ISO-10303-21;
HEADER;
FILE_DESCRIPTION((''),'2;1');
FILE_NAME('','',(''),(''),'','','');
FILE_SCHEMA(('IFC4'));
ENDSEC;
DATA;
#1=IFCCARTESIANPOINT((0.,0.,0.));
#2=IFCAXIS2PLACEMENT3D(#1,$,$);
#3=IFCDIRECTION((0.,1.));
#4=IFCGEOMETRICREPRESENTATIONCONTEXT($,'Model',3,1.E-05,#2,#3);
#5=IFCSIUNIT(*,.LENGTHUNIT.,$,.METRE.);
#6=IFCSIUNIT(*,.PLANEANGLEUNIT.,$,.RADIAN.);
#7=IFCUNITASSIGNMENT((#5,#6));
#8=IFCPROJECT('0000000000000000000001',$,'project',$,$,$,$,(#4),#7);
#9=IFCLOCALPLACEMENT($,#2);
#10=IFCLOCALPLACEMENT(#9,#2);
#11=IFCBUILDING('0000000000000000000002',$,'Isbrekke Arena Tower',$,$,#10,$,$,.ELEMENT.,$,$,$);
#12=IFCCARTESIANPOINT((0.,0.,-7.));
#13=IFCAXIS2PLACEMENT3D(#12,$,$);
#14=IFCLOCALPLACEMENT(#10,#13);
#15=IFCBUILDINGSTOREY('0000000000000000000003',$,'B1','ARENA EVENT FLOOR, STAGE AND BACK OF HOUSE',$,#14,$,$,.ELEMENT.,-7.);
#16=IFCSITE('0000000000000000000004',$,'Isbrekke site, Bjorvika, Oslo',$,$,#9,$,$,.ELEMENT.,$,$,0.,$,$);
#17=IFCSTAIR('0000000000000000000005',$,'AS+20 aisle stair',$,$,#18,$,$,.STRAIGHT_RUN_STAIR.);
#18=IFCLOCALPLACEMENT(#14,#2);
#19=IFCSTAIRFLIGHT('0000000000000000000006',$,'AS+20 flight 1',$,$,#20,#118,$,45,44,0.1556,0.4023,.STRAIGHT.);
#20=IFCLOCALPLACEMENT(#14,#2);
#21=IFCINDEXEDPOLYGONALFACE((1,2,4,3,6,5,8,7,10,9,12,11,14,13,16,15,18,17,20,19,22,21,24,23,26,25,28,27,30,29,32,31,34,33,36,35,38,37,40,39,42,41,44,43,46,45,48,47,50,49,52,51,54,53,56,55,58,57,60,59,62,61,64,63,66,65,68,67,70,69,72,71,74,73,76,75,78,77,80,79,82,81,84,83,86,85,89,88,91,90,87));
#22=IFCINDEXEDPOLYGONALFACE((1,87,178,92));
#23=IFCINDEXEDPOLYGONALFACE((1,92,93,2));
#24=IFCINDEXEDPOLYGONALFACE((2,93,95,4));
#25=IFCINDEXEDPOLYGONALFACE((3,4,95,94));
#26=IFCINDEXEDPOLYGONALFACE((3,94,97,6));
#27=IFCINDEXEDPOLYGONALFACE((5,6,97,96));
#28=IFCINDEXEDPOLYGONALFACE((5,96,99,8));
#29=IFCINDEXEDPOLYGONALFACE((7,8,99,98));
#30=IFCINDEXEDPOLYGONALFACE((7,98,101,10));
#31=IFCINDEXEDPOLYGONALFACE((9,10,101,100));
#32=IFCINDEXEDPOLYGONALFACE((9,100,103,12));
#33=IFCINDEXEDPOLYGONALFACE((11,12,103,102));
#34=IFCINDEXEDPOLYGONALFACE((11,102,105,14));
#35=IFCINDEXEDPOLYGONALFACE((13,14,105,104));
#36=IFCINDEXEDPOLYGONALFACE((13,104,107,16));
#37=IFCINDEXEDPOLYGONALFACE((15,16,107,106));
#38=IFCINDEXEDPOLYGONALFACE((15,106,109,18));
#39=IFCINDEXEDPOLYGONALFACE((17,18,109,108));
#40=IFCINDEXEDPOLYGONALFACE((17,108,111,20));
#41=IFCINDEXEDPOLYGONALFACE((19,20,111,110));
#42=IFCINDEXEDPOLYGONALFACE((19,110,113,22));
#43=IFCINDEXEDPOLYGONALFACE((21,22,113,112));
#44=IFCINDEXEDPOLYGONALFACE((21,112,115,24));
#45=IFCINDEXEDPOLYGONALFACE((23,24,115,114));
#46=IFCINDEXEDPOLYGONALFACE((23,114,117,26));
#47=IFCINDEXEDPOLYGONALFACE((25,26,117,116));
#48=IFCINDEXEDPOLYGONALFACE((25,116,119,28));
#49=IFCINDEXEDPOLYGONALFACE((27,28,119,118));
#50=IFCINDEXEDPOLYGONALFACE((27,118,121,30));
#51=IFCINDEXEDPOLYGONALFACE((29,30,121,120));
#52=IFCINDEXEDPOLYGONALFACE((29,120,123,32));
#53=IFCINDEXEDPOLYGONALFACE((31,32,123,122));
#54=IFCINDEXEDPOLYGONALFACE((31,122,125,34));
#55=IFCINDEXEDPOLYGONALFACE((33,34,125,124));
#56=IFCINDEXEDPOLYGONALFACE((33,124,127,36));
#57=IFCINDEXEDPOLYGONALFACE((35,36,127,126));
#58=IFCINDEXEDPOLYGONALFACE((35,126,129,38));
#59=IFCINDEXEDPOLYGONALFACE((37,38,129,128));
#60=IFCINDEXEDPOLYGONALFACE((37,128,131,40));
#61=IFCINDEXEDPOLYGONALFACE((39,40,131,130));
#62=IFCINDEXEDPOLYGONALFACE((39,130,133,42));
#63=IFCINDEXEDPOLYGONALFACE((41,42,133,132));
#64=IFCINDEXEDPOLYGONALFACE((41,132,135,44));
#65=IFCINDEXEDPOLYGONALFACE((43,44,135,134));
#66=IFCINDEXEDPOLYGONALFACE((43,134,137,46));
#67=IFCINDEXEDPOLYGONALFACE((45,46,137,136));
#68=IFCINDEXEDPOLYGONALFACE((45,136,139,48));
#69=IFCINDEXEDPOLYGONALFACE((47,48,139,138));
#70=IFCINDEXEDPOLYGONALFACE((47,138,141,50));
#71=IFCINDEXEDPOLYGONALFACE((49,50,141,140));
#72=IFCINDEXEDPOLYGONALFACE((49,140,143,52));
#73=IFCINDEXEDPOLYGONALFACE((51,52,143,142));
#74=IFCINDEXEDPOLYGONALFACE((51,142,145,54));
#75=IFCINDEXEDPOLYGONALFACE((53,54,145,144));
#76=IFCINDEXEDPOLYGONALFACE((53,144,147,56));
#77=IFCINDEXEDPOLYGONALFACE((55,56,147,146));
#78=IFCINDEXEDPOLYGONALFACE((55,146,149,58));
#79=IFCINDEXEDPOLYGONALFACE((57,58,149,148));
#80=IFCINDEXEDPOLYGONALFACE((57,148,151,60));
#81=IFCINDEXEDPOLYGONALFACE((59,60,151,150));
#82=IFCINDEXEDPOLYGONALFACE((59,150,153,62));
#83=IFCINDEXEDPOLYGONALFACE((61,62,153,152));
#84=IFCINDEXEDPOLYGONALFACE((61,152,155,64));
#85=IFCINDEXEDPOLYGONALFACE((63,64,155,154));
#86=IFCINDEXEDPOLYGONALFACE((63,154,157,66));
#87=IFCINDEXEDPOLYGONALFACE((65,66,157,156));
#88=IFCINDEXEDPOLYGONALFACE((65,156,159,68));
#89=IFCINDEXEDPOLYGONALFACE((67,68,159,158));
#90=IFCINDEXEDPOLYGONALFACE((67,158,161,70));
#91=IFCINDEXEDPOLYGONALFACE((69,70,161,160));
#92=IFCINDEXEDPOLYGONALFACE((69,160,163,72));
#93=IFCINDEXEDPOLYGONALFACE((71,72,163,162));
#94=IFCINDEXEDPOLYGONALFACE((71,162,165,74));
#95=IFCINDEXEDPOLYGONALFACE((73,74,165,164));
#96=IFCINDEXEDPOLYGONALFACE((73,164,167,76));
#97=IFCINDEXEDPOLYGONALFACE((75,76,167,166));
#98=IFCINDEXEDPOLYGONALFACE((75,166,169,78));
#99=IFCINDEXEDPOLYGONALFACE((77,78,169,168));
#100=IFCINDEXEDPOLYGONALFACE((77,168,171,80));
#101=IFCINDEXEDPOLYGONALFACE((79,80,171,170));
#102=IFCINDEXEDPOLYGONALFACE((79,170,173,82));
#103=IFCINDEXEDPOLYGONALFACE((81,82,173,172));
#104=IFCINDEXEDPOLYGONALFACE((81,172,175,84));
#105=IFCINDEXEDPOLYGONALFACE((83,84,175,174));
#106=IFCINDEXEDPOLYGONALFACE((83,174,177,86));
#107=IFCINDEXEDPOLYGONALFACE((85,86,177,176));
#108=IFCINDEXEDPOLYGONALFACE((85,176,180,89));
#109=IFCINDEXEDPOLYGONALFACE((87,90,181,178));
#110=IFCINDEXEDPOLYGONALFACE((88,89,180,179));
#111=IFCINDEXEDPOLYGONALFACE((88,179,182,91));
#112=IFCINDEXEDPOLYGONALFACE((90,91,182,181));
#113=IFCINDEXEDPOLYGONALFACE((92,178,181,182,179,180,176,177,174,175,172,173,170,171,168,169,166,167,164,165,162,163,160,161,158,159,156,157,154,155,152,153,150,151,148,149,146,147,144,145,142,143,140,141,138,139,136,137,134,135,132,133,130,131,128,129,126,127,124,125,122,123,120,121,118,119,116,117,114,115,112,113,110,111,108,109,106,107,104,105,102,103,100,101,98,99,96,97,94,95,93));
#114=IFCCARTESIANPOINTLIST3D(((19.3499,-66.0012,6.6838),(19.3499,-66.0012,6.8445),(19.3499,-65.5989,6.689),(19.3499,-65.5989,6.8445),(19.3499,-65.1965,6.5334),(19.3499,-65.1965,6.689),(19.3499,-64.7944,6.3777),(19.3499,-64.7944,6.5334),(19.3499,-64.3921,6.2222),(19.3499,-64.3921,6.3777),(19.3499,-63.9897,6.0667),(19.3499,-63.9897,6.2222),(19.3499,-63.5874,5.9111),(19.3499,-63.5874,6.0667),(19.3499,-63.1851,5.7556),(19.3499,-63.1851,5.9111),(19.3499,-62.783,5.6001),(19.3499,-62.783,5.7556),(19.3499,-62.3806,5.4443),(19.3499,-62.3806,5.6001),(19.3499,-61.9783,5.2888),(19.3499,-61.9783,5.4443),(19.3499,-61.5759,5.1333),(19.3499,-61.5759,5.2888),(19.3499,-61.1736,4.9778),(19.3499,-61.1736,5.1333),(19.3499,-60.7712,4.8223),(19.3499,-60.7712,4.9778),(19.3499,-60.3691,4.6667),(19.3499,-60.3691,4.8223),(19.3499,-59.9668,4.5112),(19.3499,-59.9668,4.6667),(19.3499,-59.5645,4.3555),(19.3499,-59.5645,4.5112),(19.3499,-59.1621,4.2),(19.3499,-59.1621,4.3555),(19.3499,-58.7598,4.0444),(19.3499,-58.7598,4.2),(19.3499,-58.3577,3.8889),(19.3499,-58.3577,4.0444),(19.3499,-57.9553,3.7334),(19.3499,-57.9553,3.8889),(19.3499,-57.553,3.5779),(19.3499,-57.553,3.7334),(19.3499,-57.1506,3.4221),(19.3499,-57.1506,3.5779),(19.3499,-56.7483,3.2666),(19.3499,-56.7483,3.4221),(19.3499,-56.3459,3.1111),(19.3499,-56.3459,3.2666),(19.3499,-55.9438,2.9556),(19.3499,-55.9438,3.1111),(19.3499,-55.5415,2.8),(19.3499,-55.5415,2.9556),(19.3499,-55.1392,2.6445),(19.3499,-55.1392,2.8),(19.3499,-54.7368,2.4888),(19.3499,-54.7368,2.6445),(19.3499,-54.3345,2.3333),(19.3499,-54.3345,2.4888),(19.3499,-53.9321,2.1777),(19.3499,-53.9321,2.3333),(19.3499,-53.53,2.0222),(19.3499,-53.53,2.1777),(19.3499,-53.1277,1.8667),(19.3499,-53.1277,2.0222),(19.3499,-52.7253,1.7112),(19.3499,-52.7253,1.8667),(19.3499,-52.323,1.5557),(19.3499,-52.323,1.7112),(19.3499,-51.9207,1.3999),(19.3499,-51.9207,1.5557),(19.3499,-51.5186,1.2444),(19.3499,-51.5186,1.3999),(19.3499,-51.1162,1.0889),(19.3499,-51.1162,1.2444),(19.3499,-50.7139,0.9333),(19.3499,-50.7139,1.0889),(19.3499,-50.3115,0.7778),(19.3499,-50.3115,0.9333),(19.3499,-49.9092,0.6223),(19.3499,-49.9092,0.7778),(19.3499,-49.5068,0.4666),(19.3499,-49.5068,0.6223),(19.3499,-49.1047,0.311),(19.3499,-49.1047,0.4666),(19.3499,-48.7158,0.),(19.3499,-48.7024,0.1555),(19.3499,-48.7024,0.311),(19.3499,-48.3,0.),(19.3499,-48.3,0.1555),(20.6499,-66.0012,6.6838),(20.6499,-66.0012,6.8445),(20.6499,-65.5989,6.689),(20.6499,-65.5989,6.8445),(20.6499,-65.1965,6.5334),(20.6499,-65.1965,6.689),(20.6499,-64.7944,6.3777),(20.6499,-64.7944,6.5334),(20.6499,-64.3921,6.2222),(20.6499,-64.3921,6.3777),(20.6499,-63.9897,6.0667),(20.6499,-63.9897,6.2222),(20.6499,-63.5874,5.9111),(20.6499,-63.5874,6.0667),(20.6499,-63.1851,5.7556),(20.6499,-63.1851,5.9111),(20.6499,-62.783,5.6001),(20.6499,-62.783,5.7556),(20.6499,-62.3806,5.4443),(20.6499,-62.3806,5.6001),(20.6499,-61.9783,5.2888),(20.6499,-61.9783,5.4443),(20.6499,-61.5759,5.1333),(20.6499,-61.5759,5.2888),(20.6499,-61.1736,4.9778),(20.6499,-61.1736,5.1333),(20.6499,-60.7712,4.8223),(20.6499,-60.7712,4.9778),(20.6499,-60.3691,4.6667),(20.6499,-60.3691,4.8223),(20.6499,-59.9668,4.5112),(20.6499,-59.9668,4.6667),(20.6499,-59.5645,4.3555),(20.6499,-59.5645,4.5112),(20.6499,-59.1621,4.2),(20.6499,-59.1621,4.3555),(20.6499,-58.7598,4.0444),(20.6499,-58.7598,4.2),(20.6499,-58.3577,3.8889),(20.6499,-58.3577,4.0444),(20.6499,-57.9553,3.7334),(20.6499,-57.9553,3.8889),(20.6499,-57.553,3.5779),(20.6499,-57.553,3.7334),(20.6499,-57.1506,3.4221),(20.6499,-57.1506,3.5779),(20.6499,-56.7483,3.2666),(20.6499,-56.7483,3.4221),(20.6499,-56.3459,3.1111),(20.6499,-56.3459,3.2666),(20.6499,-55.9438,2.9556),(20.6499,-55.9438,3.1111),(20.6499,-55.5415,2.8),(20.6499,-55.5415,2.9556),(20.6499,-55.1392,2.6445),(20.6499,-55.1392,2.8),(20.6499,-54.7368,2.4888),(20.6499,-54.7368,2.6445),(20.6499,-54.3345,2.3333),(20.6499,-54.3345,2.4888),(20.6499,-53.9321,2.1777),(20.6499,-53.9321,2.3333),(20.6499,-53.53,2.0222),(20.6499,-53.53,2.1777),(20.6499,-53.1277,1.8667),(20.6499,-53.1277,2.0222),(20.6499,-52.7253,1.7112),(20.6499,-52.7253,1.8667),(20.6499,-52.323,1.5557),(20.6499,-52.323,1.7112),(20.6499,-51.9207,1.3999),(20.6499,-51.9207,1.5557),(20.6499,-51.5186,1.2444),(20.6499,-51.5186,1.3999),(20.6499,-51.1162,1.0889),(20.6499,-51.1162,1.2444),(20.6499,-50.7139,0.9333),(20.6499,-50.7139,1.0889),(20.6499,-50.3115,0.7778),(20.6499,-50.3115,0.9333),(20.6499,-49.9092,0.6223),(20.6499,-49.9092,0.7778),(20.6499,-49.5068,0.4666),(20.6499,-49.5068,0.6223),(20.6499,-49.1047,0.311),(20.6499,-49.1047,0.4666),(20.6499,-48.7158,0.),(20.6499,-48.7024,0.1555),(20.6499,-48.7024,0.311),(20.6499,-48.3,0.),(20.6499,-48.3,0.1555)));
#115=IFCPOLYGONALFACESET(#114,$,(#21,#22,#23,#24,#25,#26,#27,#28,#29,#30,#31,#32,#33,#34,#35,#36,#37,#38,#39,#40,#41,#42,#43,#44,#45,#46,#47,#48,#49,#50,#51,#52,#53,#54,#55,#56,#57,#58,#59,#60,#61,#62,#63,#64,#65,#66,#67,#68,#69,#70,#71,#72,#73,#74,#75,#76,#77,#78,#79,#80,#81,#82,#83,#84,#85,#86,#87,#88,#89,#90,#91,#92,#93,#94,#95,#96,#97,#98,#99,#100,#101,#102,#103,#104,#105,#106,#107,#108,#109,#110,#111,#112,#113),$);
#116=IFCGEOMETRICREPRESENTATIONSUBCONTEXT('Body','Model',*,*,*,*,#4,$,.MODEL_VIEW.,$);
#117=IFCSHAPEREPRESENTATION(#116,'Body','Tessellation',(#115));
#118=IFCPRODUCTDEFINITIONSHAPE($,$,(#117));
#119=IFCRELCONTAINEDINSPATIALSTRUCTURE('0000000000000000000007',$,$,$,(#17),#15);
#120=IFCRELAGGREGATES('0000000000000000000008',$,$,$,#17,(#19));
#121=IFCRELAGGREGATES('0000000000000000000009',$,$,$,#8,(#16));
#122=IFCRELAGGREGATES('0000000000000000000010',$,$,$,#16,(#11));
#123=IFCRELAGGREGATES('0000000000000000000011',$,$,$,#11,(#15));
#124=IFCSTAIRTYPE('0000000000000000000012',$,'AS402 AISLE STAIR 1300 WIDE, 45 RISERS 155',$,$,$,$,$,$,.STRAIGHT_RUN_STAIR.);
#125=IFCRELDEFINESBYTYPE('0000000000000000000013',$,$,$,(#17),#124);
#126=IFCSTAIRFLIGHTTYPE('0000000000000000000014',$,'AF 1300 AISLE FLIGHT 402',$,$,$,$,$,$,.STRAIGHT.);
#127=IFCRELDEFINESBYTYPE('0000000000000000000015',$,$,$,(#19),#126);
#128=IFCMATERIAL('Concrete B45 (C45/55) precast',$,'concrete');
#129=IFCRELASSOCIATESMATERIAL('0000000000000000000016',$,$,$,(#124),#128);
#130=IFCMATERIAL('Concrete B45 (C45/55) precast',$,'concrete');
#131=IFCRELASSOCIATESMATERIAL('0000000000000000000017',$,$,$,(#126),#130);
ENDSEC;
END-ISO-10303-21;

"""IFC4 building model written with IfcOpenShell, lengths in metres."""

from ifc_helpers import new_model, si_unit, direction, frame, origin, place, context, subcontext, project, spatial, polyline, outline, extrude, material, type_object, element, aggregate, save


model = new_model("IFC4")

# Units and contexts
model_context = context("Model", 3, precision=1e-05, world=origin(), true_north=direction((0.0, 1.0)))
body_context = subcontext(model_context, "Body", "Model", "MODEL_VIEW")
ifc_project = project(units=[si_unit("LENGTHUNIT", "METRE"), si_unit("PLANEANGLEUNIT", "RADIAN")], contexts=[model_context])

# Site, building, storey
site_placement = place(None, origin())
site = spatial("IfcSite", under=ifc_project, at=site_placement, Name="Isbrekke site, Bjorvika, Oslo", CompositionType="ELEMENT", RefElevation=0.0)
building_placement = place(site_placement, origin())
building = spatial("IfcBuilding", under=site, at=building_placement, Name="Isbrekke Arena Tower", CompositionType="ELEMENT")
storey_placement = place(building_placement, frame((0.0, 0.0, -7.0)))
storey = spatial("IfcBuildingStorey", under=building, at=storey_placement, Name="B1", Description="ARENA EVENT FLOOR, STAGE AND BACK OF HOUSE", CompositionType="ELEMENT", Elevation=-7.0)

# Stair, stair flight
ifc_material_1 = material(Name="Concrete B45 (C45/55) precast", Category="concrete")
stair_type_1 = type_object("IfcStairType", Name="AS402 AISLE STAIR 1300 WIDE, 45 RISERS 155", PredefinedType="STRAIGHT_RUN_STAIR", material=ifc_material_1)
ifc_material_2 = material(Name="Concrete B45 (C45/55) precast", Category="concrete")
stair_flight_type_1 = type_object("IfcStairFlightType", Name="AF 1300 AISLE FLIGHT 402", PredefinedType="STRAIGHT", material=ifc_material_2)
stair_1_placement = place(storey_placement, origin())
stair_1 = element("IfcStair", 1, at=stair_1_placement, inside=storey, type_object=stair_type_1, Name="AS+20 aisle stair", PredefinedType="STRAIGHT_RUN_STAIR")
stair_flight_1_placement = place(storey_placement, frame((20.0, -48.3, 0.0), z_axis=(0.0, 0.0, 1.0), x_axis=(0.0, -1.0, 0.0)))
stair_flight_1 = element("IfcStairFlight", 2, at=stair_flight_1_placement, type_object=stair_flight_type_1, Name="AS+20 flight 1", NumberOfRisers=45, NumberOfTreads=44, PredefinedType="STRAIGHT", RiserHeight=0.1556, TreadLength=0.4023, context=body_context, shape_type="SweptSolid", body=[
    extrude(outline(polyline([(0.0, 0.0), (0.0, 0.1555), (0.4023, 0.1555), (0.4023, 0.311), (0.8047, 0.311), (0.8047, 0.4666), (1.2068, 0.4666), (1.2068, 0.6223), (1.6091, 0.6223), (1.6091, 0.7778), (2.0115, 0.7778), (2.0115, 0.9333), (2.4138, 0.9333), (2.4138, 1.0889), (2.8162, 1.0889), (2.8162, 1.2444), (3.2185, 1.2444), (3.2185, 1.3999), (3.6206, 1.3999), (3.6206, 1.5557), (4.0229, 1.5557), (4.0229, 1.7112), (4.4253, 1.7112), (4.4253, 1.8667), (4.8276, 1.8667), (4.8276, 2.0222), (5.23, 2.0222), (5.23, 2.1777), (5.6321, 2.1777), (5.6321, 2.3333), (6.0344, 2.3333), (6.0344, 2.4888), (6.4368, 2.4888), (6.4368, 2.6445), (6.8391, 2.6445), (6.8391, 2.8), (7.2415, 2.8), (7.2415, 2.9556), (7.6438, 2.9556), (7.6438, 3.1111), (8.0459, 3.1111), (8.0459, 3.2666), (8.4482, 3.2666), (8.4482, 3.4221), (8.8506, 3.4221), (8.8506, 3.5779), (9.2529, 3.5779), (9.2529, 3.7334), (9.6553, 3.7334), (9.6553, 3.8889), (10.0576, 3.8889), (10.0576, 4.0444), (10.4597, 4.0444), (10.4597, 4.2), (10.8621, 4.2), (10.8621, 4.3555), (11.2644, 4.3555), (11.2644, 4.5112), (11.6667, 4.5112), (11.6667, 4.6667), (12.0691, 4.6667), (12.0691, 4.8223), (12.4712, 4.8223), (12.4712, 4.9778), (12.8735, 4.9778), (12.8735, 5.1333), (13.2759, 5.1333), (13.2759, 5.2888), (13.6782, 5.2888), (13.6782, 5.4443), (14.0806, 5.4443), (14.0806, 5.6001), (14.4829, 5.6001), (14.4829, 5.7556), (14.885, 5.7556), (14.885, 5.9111), (15.2874, 5.9111), (15.2874, 6.0667), (15.6897, 6.0667), (15.6897, 6.2222), (16.092, 6.2222), (16.092, 6.3777), (16.4944, 6.3777), (16.4944, 6.5334), (16.8965, 6.5334), (16.8965, 6.689), (17.2988, 6.689), (17.2988, 6.8445), (17.7012, 6.8445), (17.7012, 7.0), (17.7012, 6.6838), (0.4158, 0.0), (0.0, 0.0)])), frame((0.0, 0.6499, 0.0), z_axis=(0.0, -1.0, 0.0), x_axis=(1.0, 0.0, 0.0)), (0.0, 0.0, 1.0), 1.3),
])
aggregate(stair_1, [stair_flight_1])

save(model, "model.ifc")
